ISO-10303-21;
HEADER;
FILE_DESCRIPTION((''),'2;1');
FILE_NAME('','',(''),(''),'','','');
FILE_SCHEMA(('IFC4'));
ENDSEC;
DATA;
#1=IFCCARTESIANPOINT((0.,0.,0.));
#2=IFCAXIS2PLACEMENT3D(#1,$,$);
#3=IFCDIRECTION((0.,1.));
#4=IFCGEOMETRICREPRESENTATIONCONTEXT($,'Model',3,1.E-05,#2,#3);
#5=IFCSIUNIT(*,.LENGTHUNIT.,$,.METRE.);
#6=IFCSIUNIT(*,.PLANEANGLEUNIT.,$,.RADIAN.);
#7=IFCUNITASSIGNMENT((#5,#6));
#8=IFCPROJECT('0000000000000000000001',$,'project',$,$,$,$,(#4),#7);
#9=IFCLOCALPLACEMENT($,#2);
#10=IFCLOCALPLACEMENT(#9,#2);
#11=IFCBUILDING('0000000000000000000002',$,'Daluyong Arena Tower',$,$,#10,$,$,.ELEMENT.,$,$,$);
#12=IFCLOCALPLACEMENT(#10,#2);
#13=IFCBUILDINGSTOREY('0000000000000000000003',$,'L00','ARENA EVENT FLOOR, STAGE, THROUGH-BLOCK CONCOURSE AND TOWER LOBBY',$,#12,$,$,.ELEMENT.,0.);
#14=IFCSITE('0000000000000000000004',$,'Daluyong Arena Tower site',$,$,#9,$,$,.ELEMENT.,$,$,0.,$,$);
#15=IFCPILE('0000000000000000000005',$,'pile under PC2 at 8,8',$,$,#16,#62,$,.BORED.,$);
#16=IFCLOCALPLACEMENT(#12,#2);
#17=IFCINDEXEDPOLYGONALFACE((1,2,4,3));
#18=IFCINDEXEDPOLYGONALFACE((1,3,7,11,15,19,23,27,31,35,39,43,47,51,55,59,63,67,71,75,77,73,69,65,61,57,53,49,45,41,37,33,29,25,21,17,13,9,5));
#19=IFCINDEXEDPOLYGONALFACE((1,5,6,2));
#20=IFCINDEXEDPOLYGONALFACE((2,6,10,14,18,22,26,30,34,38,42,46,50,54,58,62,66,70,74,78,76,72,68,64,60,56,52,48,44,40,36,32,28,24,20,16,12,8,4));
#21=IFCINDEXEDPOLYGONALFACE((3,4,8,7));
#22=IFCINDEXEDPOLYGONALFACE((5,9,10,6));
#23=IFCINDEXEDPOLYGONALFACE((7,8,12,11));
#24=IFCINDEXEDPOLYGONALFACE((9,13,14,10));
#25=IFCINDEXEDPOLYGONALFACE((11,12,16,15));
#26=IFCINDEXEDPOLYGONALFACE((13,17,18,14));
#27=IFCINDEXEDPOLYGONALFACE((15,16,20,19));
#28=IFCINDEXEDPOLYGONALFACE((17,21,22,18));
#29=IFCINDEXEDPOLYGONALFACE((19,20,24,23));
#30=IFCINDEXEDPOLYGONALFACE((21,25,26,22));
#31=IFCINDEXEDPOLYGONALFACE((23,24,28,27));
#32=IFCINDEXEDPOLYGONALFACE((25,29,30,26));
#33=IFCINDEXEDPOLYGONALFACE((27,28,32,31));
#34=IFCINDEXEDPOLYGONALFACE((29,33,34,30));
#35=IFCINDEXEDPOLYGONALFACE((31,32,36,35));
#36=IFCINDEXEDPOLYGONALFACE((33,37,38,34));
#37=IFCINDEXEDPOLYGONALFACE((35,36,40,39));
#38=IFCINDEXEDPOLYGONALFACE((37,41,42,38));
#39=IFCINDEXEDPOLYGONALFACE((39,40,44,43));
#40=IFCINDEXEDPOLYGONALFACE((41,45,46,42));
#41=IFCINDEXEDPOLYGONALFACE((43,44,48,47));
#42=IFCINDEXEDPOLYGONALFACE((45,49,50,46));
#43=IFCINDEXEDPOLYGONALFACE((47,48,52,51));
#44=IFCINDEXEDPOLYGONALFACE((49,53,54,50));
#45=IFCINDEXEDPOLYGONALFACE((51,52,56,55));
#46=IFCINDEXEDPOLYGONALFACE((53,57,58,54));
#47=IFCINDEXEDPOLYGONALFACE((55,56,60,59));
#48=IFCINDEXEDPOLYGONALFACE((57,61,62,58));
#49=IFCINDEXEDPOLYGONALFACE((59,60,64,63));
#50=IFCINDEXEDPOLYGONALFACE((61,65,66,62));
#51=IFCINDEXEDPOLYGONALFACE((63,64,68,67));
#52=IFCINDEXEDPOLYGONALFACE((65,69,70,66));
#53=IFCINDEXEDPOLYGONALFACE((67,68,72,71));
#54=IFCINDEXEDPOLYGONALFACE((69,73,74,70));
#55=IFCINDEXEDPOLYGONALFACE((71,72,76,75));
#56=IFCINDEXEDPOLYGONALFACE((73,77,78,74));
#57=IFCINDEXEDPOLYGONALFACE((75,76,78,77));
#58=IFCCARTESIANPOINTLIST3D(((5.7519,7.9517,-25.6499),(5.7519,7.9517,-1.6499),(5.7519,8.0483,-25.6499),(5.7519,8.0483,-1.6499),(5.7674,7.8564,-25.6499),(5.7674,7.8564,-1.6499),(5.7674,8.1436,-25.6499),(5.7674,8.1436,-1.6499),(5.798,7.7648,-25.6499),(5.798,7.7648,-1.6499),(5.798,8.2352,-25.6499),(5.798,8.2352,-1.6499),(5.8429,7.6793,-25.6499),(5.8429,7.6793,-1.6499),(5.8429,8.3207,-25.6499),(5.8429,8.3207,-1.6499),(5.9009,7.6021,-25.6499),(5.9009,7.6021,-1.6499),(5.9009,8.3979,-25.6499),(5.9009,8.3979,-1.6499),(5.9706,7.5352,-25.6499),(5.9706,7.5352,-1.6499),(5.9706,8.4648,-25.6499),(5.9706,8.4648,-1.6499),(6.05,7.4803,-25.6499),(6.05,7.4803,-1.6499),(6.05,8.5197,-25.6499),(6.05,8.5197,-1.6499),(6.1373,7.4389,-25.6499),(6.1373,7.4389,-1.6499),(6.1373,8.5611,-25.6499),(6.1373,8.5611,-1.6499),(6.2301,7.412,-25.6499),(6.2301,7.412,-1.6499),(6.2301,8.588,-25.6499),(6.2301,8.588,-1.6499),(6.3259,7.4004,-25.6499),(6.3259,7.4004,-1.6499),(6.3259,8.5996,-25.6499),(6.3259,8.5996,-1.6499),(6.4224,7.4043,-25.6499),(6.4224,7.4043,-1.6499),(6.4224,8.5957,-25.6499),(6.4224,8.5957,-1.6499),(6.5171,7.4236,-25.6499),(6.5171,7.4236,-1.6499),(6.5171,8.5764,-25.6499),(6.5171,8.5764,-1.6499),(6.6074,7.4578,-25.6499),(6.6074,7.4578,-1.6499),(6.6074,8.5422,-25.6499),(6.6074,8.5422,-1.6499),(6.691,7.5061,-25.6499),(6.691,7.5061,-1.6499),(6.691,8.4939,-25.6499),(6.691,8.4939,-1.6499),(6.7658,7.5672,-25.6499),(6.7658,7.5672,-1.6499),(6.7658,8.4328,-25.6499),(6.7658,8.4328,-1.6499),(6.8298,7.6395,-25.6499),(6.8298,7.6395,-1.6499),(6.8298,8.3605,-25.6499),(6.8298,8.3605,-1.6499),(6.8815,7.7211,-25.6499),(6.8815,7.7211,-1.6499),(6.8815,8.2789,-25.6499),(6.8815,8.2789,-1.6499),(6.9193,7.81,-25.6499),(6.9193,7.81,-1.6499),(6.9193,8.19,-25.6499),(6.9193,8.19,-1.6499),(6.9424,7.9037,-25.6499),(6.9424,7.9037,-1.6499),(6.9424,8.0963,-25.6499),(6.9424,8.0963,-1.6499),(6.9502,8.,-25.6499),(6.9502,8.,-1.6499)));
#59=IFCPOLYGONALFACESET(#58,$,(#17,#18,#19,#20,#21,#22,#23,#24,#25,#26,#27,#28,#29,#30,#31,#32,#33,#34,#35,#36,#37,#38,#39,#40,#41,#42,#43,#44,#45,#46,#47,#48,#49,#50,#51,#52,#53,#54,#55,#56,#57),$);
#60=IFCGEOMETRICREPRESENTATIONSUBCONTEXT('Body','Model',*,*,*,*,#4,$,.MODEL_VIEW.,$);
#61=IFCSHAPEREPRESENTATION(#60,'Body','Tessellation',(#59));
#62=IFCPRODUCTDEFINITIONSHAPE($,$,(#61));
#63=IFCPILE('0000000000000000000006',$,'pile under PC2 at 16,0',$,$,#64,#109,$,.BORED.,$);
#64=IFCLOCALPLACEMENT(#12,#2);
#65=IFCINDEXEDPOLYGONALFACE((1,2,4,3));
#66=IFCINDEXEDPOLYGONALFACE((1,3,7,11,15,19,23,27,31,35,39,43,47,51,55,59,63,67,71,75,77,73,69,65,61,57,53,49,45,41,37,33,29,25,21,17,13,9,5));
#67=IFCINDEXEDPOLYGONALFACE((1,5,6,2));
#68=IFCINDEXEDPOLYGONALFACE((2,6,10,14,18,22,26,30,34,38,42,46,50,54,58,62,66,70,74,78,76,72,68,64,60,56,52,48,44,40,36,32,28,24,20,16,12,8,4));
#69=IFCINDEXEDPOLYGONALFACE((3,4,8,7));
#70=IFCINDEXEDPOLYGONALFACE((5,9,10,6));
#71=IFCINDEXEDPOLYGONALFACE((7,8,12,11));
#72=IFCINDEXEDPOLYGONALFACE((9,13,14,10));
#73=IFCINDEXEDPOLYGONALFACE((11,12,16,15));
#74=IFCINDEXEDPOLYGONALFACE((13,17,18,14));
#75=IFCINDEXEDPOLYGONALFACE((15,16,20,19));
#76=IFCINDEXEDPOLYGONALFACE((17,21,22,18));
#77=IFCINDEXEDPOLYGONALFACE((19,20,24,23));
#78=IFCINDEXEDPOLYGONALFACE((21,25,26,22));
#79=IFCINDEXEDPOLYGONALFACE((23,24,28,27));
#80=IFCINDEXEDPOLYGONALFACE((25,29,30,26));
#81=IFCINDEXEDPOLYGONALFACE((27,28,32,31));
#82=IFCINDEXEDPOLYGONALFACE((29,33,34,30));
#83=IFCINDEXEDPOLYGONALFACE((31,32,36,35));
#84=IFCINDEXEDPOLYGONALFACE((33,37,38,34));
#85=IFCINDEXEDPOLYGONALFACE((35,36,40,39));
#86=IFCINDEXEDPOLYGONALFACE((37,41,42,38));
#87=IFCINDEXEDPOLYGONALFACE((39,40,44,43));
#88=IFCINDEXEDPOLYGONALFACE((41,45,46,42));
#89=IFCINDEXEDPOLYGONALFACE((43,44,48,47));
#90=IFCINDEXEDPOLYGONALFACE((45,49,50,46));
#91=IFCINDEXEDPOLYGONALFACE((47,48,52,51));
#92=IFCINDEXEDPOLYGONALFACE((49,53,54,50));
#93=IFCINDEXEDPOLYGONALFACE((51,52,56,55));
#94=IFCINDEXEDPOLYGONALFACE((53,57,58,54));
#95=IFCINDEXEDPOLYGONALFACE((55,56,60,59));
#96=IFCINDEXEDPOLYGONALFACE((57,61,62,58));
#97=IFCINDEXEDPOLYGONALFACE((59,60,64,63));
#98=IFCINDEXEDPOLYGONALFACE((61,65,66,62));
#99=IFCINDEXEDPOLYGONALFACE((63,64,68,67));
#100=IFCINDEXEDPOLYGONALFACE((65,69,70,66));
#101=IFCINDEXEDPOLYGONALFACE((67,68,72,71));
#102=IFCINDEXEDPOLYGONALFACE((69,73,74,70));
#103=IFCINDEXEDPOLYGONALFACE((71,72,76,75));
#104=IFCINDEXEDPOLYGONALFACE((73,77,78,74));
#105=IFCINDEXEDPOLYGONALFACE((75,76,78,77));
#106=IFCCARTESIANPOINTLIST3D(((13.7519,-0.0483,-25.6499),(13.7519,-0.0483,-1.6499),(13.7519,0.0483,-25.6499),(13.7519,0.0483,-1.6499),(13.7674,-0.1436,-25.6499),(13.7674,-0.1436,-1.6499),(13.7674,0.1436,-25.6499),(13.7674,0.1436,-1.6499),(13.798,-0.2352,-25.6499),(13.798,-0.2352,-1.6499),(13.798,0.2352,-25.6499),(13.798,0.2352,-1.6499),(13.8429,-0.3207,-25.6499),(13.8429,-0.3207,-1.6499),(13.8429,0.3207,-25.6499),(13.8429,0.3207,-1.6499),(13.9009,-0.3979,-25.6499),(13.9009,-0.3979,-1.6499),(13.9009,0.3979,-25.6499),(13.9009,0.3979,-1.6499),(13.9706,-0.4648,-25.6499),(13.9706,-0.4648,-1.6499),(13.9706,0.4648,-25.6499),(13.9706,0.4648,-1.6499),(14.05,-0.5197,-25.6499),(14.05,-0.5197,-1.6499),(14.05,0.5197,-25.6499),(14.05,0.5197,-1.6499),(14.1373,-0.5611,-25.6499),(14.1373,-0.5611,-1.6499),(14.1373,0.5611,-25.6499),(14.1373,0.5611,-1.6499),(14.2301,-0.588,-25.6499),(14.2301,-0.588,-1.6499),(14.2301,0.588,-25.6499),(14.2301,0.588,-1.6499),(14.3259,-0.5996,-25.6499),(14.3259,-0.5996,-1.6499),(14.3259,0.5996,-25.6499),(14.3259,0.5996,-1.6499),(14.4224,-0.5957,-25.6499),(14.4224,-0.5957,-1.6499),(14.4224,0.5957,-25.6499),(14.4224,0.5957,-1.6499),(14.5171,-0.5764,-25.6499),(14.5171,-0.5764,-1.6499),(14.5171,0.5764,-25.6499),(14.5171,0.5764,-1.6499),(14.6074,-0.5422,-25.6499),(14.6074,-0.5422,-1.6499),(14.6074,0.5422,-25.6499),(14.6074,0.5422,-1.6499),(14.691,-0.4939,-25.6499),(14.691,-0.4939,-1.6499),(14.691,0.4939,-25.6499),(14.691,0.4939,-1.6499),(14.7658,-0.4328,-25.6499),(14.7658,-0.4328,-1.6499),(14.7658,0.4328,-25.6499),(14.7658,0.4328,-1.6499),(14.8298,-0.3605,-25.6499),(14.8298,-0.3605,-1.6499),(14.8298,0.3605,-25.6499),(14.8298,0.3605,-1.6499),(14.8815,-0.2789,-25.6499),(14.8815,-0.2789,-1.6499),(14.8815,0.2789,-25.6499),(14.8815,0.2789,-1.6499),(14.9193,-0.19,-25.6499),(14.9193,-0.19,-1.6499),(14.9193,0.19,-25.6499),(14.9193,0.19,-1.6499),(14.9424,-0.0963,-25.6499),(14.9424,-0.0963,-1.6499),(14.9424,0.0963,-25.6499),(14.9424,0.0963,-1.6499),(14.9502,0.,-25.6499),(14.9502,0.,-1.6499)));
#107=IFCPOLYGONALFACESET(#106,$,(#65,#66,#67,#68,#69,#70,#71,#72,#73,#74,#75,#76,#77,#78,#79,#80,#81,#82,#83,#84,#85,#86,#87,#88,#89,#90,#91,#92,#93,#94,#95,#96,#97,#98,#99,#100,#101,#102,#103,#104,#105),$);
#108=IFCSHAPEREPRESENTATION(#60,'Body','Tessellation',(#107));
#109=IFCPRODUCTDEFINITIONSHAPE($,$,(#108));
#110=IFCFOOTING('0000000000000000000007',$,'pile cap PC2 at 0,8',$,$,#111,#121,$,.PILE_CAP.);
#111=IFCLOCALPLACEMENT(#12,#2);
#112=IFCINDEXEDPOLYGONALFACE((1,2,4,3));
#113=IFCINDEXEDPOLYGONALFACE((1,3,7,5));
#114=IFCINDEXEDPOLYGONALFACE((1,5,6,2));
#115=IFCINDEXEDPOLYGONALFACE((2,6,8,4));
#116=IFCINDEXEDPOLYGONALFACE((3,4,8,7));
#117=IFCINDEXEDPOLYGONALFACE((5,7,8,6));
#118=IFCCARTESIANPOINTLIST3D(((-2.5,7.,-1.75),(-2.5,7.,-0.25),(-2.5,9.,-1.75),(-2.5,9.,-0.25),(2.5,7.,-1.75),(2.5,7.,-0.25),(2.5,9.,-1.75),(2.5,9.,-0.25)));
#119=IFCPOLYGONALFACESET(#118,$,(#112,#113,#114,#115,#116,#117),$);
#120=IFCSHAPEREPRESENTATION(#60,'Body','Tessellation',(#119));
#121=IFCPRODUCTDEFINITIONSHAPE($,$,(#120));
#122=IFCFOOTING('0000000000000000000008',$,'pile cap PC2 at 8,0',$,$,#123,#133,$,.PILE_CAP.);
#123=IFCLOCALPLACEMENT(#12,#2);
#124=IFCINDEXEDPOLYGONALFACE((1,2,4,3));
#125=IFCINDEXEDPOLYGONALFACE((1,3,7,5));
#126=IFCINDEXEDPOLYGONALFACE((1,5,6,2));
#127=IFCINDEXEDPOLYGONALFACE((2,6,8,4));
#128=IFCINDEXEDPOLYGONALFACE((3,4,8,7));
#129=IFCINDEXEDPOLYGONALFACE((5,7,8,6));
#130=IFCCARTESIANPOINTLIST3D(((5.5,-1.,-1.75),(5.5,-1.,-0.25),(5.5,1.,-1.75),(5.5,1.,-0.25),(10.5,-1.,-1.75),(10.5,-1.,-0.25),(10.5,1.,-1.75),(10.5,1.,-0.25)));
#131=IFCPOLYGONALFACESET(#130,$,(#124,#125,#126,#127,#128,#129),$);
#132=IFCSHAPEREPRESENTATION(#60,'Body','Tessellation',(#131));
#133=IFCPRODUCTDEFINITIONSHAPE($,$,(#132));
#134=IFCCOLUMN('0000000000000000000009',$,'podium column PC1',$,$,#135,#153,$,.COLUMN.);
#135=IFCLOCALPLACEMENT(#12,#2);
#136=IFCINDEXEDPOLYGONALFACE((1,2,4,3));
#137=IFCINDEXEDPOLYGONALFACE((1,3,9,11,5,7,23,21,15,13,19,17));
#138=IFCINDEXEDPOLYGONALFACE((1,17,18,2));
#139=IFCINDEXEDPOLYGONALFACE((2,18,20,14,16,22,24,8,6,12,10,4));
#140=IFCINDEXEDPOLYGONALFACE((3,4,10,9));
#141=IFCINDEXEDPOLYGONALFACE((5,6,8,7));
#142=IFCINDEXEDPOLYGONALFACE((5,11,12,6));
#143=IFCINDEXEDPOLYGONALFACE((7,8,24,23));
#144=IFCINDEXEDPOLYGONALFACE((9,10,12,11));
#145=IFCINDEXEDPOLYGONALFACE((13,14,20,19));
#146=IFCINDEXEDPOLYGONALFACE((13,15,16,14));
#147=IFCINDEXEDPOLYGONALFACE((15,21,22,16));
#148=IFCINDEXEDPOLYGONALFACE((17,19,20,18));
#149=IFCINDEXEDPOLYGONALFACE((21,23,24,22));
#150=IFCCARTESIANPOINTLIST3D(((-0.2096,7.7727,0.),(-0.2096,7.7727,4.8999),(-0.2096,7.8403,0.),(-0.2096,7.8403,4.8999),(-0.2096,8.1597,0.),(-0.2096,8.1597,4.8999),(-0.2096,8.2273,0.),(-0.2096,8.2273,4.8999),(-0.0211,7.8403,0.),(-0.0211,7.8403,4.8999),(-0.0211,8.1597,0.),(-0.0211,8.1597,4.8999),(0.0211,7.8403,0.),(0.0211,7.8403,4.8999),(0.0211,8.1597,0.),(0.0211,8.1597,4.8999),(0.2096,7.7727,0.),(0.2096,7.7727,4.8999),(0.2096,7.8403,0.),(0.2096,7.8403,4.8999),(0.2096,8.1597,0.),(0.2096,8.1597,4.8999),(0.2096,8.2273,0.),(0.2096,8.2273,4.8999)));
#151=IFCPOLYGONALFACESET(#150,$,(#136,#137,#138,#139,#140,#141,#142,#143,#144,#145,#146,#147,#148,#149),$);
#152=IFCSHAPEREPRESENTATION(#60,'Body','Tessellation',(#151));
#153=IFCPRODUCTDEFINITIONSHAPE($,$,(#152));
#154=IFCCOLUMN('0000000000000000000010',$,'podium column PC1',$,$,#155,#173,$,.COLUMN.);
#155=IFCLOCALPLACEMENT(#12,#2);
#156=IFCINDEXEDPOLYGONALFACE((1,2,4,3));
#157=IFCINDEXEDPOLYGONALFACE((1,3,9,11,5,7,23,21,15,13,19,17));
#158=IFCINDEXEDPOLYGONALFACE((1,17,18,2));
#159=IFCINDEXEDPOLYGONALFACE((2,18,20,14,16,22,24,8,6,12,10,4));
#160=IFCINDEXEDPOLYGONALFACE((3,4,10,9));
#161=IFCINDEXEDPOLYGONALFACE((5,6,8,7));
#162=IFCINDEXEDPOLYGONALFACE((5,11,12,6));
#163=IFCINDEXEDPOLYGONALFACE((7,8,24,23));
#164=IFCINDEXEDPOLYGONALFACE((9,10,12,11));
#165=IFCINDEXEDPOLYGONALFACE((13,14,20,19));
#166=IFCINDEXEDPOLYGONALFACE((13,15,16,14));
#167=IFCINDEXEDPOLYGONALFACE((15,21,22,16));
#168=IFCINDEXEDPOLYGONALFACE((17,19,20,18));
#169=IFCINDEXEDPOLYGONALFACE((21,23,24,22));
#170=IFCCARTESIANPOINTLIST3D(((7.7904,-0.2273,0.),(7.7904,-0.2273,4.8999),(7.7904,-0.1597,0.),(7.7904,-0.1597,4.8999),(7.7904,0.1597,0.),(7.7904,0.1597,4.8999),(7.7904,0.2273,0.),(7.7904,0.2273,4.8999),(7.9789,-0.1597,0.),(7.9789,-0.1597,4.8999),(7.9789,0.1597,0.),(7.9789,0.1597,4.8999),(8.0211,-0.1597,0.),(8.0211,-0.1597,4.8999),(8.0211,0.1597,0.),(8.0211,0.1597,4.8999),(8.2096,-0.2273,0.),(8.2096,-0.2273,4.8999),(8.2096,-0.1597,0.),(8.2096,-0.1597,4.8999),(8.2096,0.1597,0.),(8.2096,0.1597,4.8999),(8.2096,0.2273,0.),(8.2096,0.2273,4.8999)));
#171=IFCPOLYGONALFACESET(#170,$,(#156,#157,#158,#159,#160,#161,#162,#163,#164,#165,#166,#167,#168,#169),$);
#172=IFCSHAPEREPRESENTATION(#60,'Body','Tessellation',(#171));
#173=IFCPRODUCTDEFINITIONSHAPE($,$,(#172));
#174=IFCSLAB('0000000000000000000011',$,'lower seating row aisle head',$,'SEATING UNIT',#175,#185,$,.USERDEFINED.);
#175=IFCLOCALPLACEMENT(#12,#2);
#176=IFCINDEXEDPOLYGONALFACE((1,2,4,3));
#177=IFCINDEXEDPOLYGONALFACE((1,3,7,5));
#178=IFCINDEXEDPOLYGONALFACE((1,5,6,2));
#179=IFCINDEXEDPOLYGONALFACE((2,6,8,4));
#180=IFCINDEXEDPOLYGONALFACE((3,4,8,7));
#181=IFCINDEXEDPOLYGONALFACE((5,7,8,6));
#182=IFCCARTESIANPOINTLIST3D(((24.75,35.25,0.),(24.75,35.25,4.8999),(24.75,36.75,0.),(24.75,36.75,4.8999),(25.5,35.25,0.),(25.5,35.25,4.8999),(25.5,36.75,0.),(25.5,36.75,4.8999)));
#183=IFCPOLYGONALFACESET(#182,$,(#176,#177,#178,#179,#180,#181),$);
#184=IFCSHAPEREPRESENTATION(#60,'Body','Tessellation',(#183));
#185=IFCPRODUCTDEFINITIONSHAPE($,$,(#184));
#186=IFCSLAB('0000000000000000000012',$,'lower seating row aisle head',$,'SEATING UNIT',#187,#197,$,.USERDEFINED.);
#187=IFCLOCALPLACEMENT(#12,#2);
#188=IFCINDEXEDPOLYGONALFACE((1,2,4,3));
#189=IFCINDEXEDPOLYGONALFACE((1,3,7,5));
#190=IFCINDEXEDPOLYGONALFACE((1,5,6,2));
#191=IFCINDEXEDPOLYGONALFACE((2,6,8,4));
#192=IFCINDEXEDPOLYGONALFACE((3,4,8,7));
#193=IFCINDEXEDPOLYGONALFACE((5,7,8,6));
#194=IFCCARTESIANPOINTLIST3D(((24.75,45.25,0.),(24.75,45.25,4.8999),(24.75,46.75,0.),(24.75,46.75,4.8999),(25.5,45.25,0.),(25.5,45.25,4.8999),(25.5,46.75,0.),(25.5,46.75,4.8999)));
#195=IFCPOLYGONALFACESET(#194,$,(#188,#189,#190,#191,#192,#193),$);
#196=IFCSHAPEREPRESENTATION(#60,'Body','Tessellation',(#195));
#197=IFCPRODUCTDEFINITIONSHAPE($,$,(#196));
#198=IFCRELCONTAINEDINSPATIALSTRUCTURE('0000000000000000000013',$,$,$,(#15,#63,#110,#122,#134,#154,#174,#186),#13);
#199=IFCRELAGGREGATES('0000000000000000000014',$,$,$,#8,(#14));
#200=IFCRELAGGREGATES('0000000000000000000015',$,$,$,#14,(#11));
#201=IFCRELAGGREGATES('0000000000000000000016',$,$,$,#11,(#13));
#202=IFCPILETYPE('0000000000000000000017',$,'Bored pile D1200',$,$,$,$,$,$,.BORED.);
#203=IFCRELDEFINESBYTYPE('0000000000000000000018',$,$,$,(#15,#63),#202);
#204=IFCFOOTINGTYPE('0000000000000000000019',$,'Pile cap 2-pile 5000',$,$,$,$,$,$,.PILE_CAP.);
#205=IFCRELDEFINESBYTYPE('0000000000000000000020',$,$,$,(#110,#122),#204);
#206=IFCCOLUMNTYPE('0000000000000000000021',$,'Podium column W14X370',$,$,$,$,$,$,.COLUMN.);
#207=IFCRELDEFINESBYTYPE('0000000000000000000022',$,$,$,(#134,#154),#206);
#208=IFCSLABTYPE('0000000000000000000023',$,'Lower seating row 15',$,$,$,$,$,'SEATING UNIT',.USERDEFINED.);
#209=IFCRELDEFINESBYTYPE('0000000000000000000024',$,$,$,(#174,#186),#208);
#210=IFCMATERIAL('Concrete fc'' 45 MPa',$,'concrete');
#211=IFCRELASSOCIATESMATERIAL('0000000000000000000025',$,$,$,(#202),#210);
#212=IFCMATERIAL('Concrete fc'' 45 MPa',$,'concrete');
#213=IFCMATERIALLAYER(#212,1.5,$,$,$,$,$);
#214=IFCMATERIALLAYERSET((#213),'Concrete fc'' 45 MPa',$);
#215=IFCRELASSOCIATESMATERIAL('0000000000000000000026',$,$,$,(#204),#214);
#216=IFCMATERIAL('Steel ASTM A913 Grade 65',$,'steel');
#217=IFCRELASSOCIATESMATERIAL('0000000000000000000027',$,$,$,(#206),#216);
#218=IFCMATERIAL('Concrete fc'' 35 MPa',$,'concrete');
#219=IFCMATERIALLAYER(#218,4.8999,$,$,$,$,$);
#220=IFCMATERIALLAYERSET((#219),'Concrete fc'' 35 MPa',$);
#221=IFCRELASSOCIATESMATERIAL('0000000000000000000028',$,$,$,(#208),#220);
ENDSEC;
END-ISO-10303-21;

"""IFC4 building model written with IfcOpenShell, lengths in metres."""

from ifc_helpers import new_model, si_unit, direction, frame, origin, origin_2d, place, context, subcontext, project, spatial, polyline, rectangle, circle, i_section, outline, extrude, material, layer, layer_set, material_profile, profile_set, type_object, element, save


model = new_model("IFC4")

# Units and contexts
model_context = context("Model", 3, precision=1e-05, world=origin(), true_north=direction((0.0, 1.0)))
body_context = subcontext(model_context, "Body", "Model", "MODEL_VIEW")
ifc_project = project(units=[si_unit("LENGTHUNIT", "METRE"), si_unit("PLANEANGLEUNIT", "RADIAN")], contexts=[model_context])

# Site, building, storey
site_placement = place(None, origin())
site = spatial("IfcSite", under=ifc_project, at=site_placement, Name="Daluyong Arena Tower site", CompositionType="ELEMENT", RefElevation=0.0)
building_placement = place(site_placement, origin())
building = spatial("IfcBuilding", under=site, at=building_placement, Name="Daluyong Arena Tower", CompositionType="ELEMENT")
storey_placement = place(building_placement, origin())
storey = spatial("IfcBuildingStorey", under=building, at=storey_placement, Name="L00", Description="ARENA EVENT FLOOR, STAGE, THROUGH-BLOCK CONCOURSE AND TOWER LOBBY", CompositionType="ELEMENT", Elevation=0.0)

# Piles
ifc_material_1 = material(Name="Concrete fc' 45 MPa", Category="concrete")
pile_type = type_object("IfcPileType", Name="Bored pile D1200", PredefinedType="BORED", material=ifc_material_1)
for number, where, z_axis, x_axis, name in (
    (1, (6.3501, 8.0, -1.6499), (0.0, 0.0, -1.0), (1.0, 0.0, 0.0), "pile under PC2 at 8,8"),
    (2, (14.3501, 0.0, -1.6499), (0.0, 0.0, -1.0), (1.0, 0.0, 0.0), "pile under PC2 at 16,0"),
):
    element("IfcPile", number, at=place(storey_placement, frame(where, z_axis=z_axis, x_axis=x_axis)), inside=storey, type_object=pile_type, Name=name, PredefinedType="BORED", context=body_context, shape_type="SweptSolid", body=[
        extrude(circle(Radius=0.6001, at=origin_2d()), origin(), (0.0, 0.0, 1.0), 24.0),
    ])

# Footings
ifc_material_2 = material(Name="Concrete fc' 45 MPa", Category="concrete")
ifc_layer_1 = layer(ifc_material_2, 1.5)
ifc_layer_set_1 = layer_set([ifc_layer_1], Name="Concrete fc' 45 MPa")
footing_type = type_object("IfcFootingType", Name="Pile cap 2-pile 5000", PredefinedType="PILE_CAP", material=ifc_layer_set_1)
for number, where, z_axis, x_axis, name in (
    (3, (0.0, 8.0, -1.75), (0.0, 0.0, 1.0), (1.0, 0.0, 0.0), "pile cap PC2 at 0,8"),
    (4, (8.0, 0.0, -1.75), (0.0, 0.0, 1.0), (1.0, 0.0, 0.0), "pile cap PC2 at 8,0"),
):
    element("IfcFooting", number, at=place(storey_placement, frame(where, z_axis=z_axis, x_axis=x_axis)), inside=storey, type_object=footing_type, Name=name, PredefinedType="PILE_CAP", context=body_context, shape_type="SweptSolid", body=[
        extrude(rectangle(XDim=5.0, YDim=2.0, at=origin_2d()), origin(), (0.0, 0.0, 1.0), 1.5),
    ])

# Columns
ifc_material_3 = material(Name="Steel ASTM A913 Grade 65", Category="steel")
ifc_material_profile = material_profile(ifc_material_3, i_section(OverallWidth=0.4192, OverallDepth=0.4546, WebThickness=0.0422, FlangeThickness=0.0676, at=origin_2d()))
ifc_profile_set = profile_set([ifc_material_profile], Name="Steel ASTM A913 Grade 65")
column_type = type_object("IfcColumnType", Name="Podium column W14X370", PredefinedType="COLUMN", material=ifc_profile_set)
for number, where, z_axis, x_axis, name in (
    (5, (0.0, 8.0, 0.0), (0.0, 0.0, 1.0), (1.0, 0.0, 0.0), "podium column PC1"),
    (6, (8.0, 0.0, 0.0), (0.0, 0.0, 1.0), (1.0, 0.0, 0.0), "podium column PC1"),
):
    element("IfcColumn", number, at=place(storey_placement, frame(where, z_axis=z_axis, x_axis=x_axis)), inside=storey, type_object=column_type, Name=name, PredefinedType="COLUMN", context=body_context, shape_type="SweptSolid", body=[
        extrude(i_section(OverallWidth=0.4192, OverallDepth=0.4546, WebThickness=0.0422, FlangeThickness=0.0676, at=origin_2d()), origin(), (0.0, 0.0, 1.0), 4.8999),
    ])

# Slabs
ifc_material_4 = material(Name="Concrete fc' 35 MPa", Category="concrete")
ifc_layer_2 = layer(ifc_material_4, 4.8999)
ifc_layer_set_2 = layer_set([ifc_layer_2], Name="Concrete fc' 35 MPa")
slab_type_1 = type_object("IfcSlabType", Name="Lower seating row 15", ElementType="SEATING UNIT", PredefinedType="USERDEFINED", material=ifc_layer_set_2)
slab_1_placement = place(storey_placement, origin())
element("IfcSlab", 7, at=slab_1_placement, inside=storey, type_object=slab_type_1, Name="lower seating row aisle head", ObjectType="SEATING UNIT", PredefinedType="USERDEFINED", context=body_context, shape_type="SweptSolid", body=[
    extrude(outline(polyline([(25.5, 35.25), (25.5, 36.75), (24.75, 36.75), (24.75, 35.25), (25.5, 35.25)])), origin(), (0.0, 0.0, 1.0), 4.8999),
])
slab_2_placement = place(storey_placement, origin())
element("IfcSlab", 8, at=slab_2_placement, inside=storey, type_object=slab_type_1, Name="lower seating row aisle head", ObjectType="SEATING UNIT", PredefinedType="USERDEFINED", context=body_context, shape_type="SweptSolid", body=[
    extrude(outline(polyline([(25.5, 45.25), (25.5, 46.75), (24.75, 46.75), (24.75, 45.25), (25.5, 45.25)])), origin(), (0.0, 0.0, 1.0), 4.8999),
])

save(model, "model.ifc")
